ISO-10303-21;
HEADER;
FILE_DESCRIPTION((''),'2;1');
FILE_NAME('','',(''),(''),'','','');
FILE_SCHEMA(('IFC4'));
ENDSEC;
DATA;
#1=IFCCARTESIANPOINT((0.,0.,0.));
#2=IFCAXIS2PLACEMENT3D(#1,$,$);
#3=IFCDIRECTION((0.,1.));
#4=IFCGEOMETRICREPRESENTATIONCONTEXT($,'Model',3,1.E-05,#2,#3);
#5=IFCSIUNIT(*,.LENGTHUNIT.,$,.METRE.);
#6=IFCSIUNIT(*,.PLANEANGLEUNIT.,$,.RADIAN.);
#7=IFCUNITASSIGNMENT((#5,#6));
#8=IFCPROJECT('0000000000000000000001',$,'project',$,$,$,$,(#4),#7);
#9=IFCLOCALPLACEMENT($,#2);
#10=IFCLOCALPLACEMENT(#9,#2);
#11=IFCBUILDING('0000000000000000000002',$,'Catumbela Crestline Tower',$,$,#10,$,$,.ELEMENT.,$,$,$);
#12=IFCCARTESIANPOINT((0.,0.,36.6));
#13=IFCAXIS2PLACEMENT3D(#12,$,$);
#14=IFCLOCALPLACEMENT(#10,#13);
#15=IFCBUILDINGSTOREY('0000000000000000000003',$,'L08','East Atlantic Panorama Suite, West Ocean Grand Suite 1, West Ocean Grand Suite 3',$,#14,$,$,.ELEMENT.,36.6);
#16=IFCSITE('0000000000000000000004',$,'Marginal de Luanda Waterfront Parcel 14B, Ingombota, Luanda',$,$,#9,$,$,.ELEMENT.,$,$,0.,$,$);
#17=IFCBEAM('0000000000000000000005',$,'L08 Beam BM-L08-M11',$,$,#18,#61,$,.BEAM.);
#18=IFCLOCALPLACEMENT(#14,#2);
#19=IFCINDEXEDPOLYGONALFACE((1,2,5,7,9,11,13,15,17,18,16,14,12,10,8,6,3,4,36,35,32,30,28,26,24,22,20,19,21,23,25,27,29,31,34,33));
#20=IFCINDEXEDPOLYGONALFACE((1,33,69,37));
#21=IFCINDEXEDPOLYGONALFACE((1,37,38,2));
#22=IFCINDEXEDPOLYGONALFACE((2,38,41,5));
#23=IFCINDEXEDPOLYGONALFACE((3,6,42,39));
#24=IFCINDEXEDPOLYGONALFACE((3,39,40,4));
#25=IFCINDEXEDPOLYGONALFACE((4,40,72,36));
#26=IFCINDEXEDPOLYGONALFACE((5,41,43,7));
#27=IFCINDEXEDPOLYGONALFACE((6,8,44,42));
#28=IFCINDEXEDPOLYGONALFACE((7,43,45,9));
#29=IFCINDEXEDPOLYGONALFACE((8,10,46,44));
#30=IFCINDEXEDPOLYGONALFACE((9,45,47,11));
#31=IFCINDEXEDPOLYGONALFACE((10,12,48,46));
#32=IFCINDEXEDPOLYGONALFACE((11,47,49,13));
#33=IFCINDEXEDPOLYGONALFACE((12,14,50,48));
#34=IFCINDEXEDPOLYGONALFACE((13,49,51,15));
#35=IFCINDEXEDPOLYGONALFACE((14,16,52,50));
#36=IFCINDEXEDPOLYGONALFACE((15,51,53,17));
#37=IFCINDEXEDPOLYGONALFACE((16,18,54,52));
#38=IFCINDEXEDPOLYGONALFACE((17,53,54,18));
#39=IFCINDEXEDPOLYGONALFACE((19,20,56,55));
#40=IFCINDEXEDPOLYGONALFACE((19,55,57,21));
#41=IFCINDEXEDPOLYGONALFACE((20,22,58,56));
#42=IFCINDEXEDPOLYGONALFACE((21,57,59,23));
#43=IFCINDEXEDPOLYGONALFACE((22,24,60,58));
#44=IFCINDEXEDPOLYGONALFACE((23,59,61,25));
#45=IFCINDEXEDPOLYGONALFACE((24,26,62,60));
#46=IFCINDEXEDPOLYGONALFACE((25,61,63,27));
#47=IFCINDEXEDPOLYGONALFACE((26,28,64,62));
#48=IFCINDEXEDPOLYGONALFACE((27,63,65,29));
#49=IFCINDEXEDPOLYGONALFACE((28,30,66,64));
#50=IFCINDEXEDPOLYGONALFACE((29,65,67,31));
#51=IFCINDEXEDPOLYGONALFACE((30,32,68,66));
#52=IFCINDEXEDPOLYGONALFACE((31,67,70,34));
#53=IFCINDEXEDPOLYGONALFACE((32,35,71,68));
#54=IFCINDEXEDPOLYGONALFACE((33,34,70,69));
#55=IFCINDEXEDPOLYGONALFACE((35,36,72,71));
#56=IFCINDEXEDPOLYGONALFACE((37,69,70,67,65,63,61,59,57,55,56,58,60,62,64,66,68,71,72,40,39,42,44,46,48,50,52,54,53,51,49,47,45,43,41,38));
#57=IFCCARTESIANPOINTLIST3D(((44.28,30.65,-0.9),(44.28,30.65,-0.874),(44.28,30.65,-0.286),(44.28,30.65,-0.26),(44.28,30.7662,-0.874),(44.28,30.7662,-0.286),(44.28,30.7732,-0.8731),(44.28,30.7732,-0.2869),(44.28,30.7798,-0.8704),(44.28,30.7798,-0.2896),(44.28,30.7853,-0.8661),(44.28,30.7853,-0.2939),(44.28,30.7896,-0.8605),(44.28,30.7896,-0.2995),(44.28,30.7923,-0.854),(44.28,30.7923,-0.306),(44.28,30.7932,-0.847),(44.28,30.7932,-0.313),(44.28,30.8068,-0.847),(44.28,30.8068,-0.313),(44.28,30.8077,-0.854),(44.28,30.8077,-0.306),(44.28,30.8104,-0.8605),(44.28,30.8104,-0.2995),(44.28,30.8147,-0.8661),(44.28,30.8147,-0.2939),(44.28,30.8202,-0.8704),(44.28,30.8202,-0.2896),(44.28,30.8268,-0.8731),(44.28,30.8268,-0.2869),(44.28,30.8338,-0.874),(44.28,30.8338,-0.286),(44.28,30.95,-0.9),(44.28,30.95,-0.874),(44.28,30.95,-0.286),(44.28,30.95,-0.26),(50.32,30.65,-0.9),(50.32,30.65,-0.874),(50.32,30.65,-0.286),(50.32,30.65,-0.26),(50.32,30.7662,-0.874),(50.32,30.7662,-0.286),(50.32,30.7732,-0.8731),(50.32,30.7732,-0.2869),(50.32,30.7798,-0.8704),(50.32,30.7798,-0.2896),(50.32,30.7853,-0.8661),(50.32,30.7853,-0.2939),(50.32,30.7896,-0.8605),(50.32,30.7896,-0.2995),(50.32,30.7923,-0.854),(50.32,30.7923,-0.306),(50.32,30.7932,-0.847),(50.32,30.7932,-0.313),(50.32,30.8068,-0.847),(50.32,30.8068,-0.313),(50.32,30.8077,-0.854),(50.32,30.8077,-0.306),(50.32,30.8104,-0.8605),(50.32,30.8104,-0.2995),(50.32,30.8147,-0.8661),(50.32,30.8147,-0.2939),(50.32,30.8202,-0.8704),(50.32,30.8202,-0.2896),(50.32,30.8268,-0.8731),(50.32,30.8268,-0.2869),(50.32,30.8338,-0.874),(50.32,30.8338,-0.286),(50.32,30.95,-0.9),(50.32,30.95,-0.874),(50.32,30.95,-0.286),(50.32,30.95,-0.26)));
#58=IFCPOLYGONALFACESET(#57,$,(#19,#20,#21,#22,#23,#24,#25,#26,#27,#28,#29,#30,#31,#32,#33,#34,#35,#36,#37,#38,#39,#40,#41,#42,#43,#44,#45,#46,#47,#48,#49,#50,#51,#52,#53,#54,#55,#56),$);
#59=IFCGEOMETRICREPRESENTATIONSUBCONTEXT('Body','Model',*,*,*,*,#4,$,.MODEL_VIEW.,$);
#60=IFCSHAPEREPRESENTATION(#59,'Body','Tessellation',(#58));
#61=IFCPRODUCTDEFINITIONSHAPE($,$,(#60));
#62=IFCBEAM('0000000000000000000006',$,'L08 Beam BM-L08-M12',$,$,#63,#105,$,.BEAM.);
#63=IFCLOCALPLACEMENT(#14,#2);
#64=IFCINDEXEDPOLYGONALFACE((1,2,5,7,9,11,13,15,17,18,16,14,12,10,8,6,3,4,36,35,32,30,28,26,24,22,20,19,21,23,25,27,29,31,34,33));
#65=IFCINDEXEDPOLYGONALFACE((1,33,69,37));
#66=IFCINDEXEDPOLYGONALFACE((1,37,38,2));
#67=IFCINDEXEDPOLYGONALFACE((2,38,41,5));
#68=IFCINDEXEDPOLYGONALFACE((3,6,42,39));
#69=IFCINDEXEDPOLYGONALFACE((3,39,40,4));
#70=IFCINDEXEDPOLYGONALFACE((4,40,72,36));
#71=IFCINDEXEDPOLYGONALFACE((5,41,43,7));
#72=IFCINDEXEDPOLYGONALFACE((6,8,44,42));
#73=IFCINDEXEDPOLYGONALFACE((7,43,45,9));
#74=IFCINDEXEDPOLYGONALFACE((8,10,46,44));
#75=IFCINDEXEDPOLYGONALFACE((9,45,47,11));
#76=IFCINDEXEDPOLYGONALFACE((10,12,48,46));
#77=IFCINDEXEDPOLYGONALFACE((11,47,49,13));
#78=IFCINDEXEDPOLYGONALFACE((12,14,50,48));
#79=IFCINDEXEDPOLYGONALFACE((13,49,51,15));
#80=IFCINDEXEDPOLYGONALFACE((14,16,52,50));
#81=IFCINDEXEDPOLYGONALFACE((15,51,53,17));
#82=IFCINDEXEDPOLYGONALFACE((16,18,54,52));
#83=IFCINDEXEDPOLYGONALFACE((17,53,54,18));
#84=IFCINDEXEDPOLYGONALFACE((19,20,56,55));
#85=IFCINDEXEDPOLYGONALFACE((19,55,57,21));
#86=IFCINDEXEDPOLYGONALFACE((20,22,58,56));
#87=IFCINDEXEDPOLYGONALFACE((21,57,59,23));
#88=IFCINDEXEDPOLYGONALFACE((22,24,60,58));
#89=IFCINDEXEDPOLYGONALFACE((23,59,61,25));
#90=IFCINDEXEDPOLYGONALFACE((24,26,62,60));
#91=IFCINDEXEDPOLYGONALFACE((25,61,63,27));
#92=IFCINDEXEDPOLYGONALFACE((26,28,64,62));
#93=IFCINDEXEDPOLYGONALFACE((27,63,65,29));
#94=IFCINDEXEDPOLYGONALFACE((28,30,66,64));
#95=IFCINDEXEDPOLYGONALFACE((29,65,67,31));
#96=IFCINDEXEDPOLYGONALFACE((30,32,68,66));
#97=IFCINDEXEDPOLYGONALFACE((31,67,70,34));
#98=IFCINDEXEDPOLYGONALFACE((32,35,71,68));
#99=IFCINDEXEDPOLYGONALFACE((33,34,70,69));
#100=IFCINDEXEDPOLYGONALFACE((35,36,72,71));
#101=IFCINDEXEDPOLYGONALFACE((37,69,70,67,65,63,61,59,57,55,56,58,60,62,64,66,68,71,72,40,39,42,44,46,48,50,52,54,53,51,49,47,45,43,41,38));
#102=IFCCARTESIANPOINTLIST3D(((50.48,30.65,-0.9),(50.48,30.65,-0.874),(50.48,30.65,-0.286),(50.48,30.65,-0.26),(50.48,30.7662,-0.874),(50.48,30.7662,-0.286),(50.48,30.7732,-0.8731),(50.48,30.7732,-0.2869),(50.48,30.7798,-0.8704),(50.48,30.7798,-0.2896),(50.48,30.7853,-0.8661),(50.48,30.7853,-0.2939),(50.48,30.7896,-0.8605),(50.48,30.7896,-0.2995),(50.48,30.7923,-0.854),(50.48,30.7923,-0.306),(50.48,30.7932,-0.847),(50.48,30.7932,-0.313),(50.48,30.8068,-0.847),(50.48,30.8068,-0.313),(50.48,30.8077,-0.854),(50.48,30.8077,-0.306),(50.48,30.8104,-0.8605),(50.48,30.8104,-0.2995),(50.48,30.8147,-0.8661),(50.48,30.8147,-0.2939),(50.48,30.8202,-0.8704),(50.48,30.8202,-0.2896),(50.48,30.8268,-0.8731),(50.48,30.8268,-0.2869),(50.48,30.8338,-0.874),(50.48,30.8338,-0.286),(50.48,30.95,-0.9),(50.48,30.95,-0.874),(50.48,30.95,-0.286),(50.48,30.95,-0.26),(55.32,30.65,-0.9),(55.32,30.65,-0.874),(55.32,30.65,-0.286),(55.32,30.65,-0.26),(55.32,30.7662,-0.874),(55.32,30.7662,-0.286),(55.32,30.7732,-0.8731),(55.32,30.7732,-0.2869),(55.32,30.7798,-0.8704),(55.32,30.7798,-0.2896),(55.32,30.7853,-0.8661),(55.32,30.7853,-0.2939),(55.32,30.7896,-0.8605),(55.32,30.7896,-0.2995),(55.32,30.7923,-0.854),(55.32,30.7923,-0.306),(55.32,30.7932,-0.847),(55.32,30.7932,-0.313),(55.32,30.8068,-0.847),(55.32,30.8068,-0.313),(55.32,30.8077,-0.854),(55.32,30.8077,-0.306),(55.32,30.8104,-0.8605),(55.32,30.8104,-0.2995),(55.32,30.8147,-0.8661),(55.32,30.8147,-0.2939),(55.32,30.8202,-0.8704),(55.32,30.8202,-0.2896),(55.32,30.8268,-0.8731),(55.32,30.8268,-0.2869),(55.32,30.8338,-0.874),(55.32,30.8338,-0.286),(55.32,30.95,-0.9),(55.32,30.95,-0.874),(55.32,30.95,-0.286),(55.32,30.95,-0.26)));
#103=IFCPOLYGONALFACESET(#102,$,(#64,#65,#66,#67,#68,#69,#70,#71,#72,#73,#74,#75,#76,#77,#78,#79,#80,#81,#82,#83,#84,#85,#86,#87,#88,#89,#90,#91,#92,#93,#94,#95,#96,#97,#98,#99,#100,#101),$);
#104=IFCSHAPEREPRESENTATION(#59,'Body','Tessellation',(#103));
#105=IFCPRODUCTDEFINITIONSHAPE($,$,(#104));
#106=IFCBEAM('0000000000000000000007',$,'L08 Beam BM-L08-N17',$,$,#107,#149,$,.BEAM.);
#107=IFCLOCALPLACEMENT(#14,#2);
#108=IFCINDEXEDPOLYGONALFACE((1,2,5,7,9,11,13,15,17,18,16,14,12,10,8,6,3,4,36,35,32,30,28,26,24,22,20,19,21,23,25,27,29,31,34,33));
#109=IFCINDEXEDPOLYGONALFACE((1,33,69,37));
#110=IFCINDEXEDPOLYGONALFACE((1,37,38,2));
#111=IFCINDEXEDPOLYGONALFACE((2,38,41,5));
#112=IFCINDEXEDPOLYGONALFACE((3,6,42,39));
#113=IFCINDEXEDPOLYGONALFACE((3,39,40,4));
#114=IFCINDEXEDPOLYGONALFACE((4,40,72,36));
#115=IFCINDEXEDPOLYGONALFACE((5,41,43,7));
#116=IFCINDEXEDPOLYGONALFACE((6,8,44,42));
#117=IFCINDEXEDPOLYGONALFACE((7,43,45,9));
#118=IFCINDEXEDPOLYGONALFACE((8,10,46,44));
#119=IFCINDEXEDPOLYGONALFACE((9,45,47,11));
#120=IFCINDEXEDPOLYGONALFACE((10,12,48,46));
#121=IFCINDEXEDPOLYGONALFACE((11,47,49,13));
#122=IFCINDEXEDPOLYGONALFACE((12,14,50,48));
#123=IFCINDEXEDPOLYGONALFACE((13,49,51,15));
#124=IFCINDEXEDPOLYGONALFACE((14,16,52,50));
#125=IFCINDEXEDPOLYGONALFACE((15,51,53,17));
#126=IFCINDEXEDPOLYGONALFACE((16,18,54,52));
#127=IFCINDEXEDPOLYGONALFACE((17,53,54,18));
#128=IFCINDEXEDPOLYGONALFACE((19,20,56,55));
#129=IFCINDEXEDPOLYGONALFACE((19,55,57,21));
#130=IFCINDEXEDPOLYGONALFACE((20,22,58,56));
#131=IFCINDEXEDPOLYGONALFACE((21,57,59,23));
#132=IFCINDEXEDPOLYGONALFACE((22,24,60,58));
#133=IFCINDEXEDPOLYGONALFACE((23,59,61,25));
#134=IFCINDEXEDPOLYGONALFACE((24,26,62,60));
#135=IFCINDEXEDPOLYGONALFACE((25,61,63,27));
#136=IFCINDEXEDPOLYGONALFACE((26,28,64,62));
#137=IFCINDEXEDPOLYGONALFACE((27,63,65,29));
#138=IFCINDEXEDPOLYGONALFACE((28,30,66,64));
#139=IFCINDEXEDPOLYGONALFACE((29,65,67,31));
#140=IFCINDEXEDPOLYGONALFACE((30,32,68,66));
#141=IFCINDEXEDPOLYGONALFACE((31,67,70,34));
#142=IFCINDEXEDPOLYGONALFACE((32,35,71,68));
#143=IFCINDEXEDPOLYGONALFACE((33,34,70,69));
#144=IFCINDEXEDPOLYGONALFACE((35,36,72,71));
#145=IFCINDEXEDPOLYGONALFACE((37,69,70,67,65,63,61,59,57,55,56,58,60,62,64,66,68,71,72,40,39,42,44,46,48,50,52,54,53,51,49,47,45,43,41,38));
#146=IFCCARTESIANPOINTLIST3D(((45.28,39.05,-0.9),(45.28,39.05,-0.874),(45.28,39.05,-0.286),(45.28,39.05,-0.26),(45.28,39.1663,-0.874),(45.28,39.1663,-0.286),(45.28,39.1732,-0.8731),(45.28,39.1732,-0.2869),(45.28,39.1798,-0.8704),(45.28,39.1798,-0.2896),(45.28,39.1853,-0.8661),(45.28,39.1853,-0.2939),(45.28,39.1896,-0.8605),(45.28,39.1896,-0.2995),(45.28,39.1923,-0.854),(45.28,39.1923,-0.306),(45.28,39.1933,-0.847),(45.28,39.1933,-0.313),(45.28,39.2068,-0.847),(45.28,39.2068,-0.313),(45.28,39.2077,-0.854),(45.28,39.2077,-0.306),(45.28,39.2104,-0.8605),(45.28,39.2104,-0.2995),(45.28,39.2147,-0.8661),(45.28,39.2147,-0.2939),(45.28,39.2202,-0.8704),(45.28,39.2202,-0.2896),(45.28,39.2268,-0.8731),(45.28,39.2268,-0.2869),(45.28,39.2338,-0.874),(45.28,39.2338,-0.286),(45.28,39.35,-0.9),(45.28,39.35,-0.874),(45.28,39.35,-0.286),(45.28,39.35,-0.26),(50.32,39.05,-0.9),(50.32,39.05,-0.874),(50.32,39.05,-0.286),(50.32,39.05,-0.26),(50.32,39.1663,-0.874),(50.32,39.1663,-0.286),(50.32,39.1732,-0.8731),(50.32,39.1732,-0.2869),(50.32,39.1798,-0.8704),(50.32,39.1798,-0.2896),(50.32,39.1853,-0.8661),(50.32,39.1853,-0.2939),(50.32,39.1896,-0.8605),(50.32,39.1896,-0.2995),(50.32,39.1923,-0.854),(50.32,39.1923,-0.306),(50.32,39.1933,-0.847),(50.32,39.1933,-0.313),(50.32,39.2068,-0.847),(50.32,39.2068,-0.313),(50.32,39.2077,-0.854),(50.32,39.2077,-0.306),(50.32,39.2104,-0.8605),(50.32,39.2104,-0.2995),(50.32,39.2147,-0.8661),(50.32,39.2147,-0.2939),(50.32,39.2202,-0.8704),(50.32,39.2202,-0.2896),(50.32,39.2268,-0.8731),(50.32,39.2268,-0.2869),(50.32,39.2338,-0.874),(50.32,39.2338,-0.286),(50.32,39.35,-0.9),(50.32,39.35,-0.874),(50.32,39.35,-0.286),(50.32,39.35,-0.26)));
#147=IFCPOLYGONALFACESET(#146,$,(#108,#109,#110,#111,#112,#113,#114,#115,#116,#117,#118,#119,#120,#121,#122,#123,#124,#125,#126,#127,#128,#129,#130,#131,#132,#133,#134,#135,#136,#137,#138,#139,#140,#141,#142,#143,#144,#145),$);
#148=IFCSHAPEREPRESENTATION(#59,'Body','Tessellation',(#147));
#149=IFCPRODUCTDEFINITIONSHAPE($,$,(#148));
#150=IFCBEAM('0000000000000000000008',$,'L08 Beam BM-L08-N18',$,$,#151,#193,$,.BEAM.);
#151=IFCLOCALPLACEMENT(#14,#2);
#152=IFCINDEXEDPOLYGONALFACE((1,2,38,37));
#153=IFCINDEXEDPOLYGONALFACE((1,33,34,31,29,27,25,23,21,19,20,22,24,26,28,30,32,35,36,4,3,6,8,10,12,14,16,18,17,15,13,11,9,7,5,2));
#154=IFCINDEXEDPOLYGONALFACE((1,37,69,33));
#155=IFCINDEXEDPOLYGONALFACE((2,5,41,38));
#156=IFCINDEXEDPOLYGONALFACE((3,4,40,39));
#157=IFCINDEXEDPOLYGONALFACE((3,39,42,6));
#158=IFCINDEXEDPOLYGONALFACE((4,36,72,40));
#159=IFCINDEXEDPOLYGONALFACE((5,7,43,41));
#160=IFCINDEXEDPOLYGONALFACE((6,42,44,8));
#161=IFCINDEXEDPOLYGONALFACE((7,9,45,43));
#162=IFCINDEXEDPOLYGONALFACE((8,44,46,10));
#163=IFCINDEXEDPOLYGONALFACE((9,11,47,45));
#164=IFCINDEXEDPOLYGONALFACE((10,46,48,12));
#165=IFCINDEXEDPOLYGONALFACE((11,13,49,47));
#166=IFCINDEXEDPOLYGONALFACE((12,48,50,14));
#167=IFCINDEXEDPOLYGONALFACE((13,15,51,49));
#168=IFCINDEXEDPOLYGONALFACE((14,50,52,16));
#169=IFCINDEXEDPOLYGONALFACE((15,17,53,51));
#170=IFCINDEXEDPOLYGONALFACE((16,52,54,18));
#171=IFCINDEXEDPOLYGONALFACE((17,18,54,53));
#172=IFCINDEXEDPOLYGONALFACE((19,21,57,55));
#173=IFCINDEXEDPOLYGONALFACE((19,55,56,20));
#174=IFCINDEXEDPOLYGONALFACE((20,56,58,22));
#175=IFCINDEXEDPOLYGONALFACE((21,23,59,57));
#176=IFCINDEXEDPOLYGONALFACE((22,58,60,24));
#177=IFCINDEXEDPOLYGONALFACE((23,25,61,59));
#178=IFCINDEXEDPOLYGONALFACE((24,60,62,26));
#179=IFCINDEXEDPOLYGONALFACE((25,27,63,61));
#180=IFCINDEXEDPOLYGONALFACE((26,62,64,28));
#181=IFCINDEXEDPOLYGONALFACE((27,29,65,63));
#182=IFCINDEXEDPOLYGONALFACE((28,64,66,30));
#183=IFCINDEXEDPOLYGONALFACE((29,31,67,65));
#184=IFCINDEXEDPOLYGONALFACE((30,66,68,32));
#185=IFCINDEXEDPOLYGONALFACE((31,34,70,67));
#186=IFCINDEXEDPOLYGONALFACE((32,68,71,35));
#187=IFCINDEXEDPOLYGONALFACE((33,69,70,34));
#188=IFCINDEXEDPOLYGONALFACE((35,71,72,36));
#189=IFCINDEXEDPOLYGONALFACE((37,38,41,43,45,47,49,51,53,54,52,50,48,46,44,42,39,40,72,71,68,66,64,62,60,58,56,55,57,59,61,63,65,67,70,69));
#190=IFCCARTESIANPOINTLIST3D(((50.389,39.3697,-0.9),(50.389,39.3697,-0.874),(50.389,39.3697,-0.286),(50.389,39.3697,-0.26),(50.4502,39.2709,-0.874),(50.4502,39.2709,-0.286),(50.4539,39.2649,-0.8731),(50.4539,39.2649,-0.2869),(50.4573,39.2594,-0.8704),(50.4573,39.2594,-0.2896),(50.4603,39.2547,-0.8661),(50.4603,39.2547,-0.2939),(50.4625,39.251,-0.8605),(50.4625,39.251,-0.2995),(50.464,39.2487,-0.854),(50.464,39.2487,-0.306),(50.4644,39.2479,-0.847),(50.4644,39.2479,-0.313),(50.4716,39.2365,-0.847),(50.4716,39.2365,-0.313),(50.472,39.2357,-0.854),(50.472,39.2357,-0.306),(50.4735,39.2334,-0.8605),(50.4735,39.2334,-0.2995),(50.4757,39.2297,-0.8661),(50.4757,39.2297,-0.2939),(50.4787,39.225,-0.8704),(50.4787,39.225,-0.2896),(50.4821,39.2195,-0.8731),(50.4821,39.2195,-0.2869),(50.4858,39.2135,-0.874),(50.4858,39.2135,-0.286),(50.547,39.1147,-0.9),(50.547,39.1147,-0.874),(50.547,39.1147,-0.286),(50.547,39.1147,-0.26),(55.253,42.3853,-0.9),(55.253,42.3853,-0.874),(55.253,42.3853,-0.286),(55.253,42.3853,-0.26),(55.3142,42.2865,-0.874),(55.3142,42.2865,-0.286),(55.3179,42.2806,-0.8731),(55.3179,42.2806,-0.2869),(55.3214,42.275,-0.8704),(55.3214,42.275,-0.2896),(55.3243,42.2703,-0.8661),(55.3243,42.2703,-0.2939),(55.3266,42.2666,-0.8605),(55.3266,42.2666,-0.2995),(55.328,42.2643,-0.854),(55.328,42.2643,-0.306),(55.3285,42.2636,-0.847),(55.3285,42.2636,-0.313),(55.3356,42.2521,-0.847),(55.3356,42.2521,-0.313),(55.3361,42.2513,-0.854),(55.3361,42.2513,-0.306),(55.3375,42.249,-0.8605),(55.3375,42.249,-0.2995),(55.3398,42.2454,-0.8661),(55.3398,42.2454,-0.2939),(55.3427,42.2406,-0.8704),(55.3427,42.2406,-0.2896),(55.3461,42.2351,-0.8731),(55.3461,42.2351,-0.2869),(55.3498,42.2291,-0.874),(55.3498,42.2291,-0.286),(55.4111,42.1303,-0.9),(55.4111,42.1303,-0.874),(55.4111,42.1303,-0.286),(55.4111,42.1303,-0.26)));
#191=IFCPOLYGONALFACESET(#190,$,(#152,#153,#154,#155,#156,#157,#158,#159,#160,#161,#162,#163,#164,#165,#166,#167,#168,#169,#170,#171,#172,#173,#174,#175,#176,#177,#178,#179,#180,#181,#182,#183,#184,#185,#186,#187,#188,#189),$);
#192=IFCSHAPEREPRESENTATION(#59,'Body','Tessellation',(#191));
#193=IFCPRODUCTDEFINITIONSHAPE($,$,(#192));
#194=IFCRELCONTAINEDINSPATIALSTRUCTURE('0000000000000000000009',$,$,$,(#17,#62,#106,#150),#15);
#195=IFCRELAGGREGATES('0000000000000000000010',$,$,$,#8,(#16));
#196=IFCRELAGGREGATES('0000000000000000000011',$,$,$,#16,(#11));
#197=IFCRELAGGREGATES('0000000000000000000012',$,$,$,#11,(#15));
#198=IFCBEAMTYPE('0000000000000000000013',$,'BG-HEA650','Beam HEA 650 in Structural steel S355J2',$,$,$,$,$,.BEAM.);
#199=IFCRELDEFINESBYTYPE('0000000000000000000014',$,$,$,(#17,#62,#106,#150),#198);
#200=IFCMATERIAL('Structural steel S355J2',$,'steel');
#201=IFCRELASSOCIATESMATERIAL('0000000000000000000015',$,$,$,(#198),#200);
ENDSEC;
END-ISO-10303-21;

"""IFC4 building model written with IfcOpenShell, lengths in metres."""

from ifc_helpers import new_model, si_unit, direction, frame, origin, origin_2d, place, context, subcontext, project, spatial, i_section, extrude, material, material_profile, profile_set, type_object, element, save


model = new_model("IFC4")

# Units and contexts
model_context = context("Model", 3, precision=1e-05, world=origin(), true_north=direction((0.0, 1.0)))
body_context = subcontext(model_context, "Body", "Model", "MODEL_VIEW")
ifc_project = project(units=[si_unit("LENGTHUNIT", "METRE"), si_unit("PLANEANGLEUNIT", "RADIAN")], contexts=[model_context])

# Site, building, storey
site_placement = place(None, origin())
site = spatial("IfcSite", under=ifc_project, at=site_placement, Name="Marginal de Luanda Waterfront Parcel 14B, Ingombota, Luanda", CompositionType="ELEMENT", RefElevation=0.0)
building_placement = place(site_placement, origin())
building = spatial("IfcBuilding", under=site, at=building_placement, Name="Catumbela Crestline Tower", CompositionType="ELEMENT")
storey_placement = place(building_placement, frame((0.0, 0.0, 36.6)))
storey = spatial("IfcBuildingStorey", under=building, at=storey_placement, Name="L08", Description="East Atlantic Panorama Suite, West Ocean Grand Suite 1, West Ocean Grand Suite 3", CompositionType="ELEMENT", Elevation=36.6)

# Beams
ifc_material_1 = material(Name="Structural steel S355J2", Category="steel")
ifc_material_profile_1 = material_profile(ifc_material_1, i_section(OverallWidth=0.3, OverallDepth=0.64, WebThickness=0.0135, FlangeThickness=0.026, FilletRadius=0.027, at=origin_2d()), Name="HEA 650")
ifc_profile_set_1 = profile_set([ifc_material_profile_1], Name="Structural steel S355J2")
beam_type_1 = type_object("IfcBeamType", Name="BG-HEA650", Description="Beam HEA 650 in Structural steel S355J2", PredefinedType="BEAM", material=ifc_profile_set_1)
beam_1_placement = place(storey_placement, frame((44.28, 30.8, -0.58), z_axis=(1.0, 0.0, 0.0), x_axis=(0.0, 1.0, 0.0)))
element("IfcBeam", 1, at=beam_1_placement, inside=storey, type_object=beam_type_1, Name="L08 Beam BM-L08-M11", PredefinedType="BEAM", context=body_context, shape_type="SweptSolid", body=[
    extrude(i_section(OverallWidth=0.3, OverallDepth=0.64, WebThickness=0.0135, FlangeThickness=0.026, FilletRadius=0.027, at=origin_2d()), origin(), (0.0, 0.0, 1.0), 6.04),
])
beam_2_placement = place(storey_placement, frame((50.48, 30.8, -0.58), z_axis=(1.0, 0.0, 0.0), x_axis=(0.0, 1.0, 0.0)))
element("IfcBeam", 2, at=beam_2_placement, inside=storey, type_object=beam_type_1, Name="L08 Beam BM-L08-M12", PredefinedType="BEAM", context=body_context, shape_type="SweptSolid", body=[
    extrude(i_section(OverallWidth=0.3, OverallDepth=0.64, WebThickness=0.0135, FlangeThickness=0.026, FilletRadius=0.027, at=origin_2d()), origin(), (0.0, 0.0, 1.0), 4.84),
])
beam_3_placement = place(storey_placement, frame((45.28, 39.2, -0.58), z_axis=(1.0, 0.0, 0.0), x_axis=(0.0, 1.0, 0.0)))
element("IfcBeam", 3, at=beam_3_placement, inside=storey, type_object=beam_type_1, Name="L08 Beam BM-L08-N17", PredefinedType="BEAM", context=body_context, shape_type="SweptSolid", body=[
    extrude(i_section(OverallWidth=0.3, OverallDepth=0.64, WebThickness=0.0135, FlangeThickness=0.026, FilletRadius=0.027, at=origin_2d()), origin(), (0.0, 0.0, 1.0), 5.04),
])
beam_4_placement = place(storey_placement, frame((50.468, 39.2422, -0.58), z_axis=(0.849909, 0.52693, 0.0), x_axis=(-0.52693, 0.849909, 0.0)))
element("IfcBeam", 4, at=beam_4_placement, inside=storey, type_object=beam_type_1, Name="L08 Beam BM-L08-N18", PredefinedType="BEAM", context=body_context, shape_type="SweptSolid", body=[
    extrude(i_section(OverallWidth=0.3, OverallDepth=0.64, WebThickness=0.0135, FlangeThickness=0.026, FilletRadius=0.027, at=origin_2d()), origin(), (0.0, 0.0, 1.0), 5.723),
])

save(model, "model.ifc")
